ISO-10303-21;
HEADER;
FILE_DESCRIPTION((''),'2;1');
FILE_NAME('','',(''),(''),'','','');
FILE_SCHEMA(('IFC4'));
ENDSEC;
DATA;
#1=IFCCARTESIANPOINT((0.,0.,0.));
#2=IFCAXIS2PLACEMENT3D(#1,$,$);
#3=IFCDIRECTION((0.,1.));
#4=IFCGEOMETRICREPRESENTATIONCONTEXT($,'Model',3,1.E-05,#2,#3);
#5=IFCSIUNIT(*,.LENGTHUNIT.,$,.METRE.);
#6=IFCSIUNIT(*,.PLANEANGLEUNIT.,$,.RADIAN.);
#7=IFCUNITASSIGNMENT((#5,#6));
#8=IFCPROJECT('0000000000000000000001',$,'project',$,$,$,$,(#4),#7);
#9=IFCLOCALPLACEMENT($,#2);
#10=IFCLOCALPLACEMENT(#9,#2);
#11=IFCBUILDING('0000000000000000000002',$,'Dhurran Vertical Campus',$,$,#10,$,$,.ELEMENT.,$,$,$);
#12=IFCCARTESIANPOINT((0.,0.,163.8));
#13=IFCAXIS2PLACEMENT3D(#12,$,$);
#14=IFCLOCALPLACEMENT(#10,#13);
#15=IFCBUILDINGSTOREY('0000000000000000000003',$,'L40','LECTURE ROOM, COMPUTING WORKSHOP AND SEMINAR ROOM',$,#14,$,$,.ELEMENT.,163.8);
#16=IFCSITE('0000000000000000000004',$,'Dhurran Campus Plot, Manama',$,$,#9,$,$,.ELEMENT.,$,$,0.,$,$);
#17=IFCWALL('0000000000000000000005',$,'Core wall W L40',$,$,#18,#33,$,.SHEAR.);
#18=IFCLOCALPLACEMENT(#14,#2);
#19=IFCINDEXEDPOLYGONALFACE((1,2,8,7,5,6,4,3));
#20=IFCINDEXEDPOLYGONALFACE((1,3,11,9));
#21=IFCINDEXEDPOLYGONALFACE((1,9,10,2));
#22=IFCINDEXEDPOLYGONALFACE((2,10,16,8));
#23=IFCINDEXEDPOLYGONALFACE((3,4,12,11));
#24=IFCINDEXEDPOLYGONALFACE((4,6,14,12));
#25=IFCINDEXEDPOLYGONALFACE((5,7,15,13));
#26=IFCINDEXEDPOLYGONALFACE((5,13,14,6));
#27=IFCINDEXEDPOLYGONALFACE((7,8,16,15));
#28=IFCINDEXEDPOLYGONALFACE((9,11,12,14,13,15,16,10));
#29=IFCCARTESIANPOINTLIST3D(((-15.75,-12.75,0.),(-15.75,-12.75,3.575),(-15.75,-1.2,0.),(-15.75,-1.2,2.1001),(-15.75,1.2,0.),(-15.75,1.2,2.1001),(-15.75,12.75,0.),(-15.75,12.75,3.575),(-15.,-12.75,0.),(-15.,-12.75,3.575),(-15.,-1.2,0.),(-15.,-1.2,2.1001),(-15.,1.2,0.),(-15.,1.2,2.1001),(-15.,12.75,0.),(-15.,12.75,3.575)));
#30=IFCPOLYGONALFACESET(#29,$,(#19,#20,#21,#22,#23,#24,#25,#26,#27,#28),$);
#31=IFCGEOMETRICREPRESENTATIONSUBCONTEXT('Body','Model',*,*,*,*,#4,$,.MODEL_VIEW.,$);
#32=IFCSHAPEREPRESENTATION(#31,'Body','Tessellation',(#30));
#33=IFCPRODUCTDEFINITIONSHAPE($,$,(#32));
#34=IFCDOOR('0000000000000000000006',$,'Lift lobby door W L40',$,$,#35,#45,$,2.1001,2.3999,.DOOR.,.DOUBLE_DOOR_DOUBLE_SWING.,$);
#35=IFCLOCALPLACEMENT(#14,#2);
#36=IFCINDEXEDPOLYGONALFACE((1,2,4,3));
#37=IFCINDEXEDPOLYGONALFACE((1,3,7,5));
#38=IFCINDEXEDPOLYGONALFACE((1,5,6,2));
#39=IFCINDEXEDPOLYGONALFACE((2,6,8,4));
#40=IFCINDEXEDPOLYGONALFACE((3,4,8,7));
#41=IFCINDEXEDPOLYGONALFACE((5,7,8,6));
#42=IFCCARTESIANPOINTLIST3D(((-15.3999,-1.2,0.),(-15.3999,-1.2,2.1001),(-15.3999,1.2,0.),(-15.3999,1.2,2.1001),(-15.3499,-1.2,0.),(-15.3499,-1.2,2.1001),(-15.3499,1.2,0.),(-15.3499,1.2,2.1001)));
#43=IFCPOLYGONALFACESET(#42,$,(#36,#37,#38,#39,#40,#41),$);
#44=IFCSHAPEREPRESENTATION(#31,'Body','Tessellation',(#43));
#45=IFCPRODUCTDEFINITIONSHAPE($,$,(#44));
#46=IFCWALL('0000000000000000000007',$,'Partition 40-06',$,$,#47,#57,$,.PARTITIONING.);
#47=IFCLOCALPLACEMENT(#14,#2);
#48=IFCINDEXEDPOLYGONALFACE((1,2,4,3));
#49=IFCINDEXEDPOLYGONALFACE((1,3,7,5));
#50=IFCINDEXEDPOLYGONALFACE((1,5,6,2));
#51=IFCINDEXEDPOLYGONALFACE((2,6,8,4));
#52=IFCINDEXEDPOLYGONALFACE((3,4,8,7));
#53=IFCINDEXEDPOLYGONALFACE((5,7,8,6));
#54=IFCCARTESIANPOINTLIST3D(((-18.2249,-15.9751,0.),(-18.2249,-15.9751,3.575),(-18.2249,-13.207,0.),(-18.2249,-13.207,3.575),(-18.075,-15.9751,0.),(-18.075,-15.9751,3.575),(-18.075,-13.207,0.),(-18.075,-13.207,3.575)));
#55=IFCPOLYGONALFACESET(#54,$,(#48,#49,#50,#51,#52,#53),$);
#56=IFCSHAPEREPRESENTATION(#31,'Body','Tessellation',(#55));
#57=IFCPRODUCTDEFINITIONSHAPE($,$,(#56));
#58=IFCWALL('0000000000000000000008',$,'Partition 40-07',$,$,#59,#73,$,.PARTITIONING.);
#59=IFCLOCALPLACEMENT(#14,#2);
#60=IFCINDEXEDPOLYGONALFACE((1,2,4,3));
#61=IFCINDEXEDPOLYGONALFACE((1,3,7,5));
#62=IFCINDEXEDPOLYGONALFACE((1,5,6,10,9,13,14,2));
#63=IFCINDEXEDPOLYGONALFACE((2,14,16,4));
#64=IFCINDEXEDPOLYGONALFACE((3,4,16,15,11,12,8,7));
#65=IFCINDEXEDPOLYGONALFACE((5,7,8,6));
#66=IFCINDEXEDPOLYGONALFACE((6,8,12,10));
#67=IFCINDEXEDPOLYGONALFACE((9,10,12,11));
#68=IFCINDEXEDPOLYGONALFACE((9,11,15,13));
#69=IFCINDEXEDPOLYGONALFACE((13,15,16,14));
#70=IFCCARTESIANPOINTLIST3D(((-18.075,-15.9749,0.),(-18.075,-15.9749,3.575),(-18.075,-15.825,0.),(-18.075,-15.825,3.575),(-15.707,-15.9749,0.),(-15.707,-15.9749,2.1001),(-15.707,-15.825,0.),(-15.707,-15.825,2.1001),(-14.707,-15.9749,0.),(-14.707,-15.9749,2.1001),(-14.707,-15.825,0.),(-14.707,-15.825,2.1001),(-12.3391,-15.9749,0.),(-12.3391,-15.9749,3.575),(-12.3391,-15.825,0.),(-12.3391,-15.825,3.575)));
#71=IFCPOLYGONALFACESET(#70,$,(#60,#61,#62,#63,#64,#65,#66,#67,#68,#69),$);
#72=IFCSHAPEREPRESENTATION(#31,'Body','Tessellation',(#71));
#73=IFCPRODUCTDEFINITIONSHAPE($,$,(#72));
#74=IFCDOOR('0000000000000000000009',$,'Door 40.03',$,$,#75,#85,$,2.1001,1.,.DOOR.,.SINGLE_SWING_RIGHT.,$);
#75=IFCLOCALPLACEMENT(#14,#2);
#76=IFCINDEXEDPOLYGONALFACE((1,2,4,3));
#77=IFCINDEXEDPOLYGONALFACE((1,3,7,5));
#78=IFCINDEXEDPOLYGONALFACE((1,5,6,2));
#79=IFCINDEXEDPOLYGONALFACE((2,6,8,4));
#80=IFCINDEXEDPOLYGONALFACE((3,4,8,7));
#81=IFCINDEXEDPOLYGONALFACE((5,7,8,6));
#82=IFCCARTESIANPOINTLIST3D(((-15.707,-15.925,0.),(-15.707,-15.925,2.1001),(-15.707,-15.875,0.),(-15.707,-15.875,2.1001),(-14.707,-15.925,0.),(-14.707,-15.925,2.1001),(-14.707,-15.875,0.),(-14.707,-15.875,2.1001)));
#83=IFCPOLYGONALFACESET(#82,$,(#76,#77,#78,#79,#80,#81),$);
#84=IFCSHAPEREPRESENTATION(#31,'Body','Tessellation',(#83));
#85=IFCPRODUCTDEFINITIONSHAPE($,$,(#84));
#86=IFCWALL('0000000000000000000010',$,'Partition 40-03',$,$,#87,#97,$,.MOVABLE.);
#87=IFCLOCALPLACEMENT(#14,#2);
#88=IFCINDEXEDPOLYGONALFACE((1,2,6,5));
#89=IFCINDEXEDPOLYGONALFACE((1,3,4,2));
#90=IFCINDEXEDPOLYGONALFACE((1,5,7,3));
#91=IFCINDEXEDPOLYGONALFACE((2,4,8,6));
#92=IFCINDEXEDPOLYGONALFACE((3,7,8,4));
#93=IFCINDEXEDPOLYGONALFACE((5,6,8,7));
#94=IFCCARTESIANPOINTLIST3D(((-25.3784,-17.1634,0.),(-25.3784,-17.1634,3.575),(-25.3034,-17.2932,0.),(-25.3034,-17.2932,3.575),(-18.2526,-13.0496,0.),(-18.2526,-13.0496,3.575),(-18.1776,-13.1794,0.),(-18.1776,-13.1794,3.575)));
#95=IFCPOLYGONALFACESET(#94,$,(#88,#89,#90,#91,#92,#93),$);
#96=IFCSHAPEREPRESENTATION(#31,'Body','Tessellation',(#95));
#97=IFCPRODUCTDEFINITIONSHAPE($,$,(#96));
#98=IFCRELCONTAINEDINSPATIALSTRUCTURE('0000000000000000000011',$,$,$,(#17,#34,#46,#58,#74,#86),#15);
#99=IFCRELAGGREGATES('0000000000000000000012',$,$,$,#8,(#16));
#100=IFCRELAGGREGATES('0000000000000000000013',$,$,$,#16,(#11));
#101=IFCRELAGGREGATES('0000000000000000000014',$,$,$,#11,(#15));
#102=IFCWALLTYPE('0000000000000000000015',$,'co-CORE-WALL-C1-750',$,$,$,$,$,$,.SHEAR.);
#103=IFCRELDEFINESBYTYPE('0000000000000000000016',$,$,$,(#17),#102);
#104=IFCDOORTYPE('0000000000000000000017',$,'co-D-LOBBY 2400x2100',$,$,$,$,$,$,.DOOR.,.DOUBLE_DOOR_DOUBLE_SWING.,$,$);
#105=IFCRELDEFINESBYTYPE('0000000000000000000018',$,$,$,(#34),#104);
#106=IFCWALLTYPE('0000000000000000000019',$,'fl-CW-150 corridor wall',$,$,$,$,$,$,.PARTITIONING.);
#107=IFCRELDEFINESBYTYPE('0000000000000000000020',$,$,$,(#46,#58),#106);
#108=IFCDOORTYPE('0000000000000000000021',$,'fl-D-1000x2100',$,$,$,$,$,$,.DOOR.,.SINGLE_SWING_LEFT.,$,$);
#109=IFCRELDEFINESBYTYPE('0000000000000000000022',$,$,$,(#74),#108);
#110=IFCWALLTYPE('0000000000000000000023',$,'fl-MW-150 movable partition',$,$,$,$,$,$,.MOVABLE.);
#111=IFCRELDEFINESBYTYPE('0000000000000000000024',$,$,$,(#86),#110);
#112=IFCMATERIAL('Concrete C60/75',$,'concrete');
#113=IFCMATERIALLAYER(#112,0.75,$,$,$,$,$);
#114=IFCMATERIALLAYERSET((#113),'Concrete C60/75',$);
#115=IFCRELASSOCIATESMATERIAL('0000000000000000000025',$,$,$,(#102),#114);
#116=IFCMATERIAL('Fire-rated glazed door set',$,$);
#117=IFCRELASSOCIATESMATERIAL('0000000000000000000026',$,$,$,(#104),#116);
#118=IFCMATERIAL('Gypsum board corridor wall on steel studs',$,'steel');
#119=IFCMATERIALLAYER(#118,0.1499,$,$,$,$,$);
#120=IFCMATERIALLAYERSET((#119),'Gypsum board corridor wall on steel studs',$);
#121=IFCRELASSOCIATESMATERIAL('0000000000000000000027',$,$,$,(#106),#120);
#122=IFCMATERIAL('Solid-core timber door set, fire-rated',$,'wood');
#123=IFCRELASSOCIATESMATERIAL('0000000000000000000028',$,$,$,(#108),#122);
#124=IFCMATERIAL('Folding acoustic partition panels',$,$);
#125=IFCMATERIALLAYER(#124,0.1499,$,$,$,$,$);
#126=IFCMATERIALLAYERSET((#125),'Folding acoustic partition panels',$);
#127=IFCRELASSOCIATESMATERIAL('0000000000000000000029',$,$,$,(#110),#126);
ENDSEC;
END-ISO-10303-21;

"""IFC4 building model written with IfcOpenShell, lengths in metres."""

from ifc_helpers import new_model, si_unit, direction, frame, frame_2d, origin, place, context, subcontext, project, spatial, rectangle, extrude, material, layer, layer_set, type_object, element, fill, save


model = new_model("IFC4")

# Units and contexts
model_context = context("Model", 3, precision=1e-05, world=origin(), true_north=direction((0.0, 1.0)))
body_context = subcontext(model_context, "Body", "Model", "MODEL_VIEW")
ifc_project = project(units=[si_unit("LENGTHUNIT", "METRE"), si_unit("PLANEANGLEUNIT", "RADIAN")], contexts=[model_context])

# Site, building, storey
site_placement = place(None, origin())
site = spatial("IfcSite", under=ifc_project, at=site_placement, Name="Dhurran Campus Plot, Manama", CompositionType="ELEMENT", RefElevation=0.0)
building_placement = place(site_placement, origin())
building = spatial("IfcBuilding", under=site, at=building_placement, Name="Dhurran Vertical Campus", CompositionType="ELEMENT")
storey_placement = place(building_placement, frame((0.0, 0.0, 163.8)))
storey = spatial("IfcBuildingStorey", under=building, at=storey_placement, Name="L40", Description="LECTURE ROOM, COMPUTING WORKSHOP AND SEMINAR ROOM", CompositionType="ELEMENT", Elevation=163.8)

# Shared definitions
ifc_material_1 = material(Name="Concrete C60/75", Category="concrete")
ifc_layer_1 = layer(ifc_material_1, 0.75)
ifc_layer_set_1 = layer_set([ifc_layer_1], Name="Concrete C60/75")
wall_type_1 = type_object("IfcWallType", Name="co-CORE-WALL-C1-750", PredefinedType="SHEAR", material=ifc_layer_set_1)
ifc_material_2 = material(Name="Fire-rated glazed door set")
door_type_1 = type_object("IfcDoorType", Name="co-D-LOBBY 2400x2100", OperationType="DOUBLE_DOOR_DOUBLE_SWING", PredefinedType="DOOR", material=ifc_material_2)

# Wall, opening, door
wall_1_placement = place(storey_placement, frame((-15.375, -12.75, 0.0), z_axis=(0.0, 0.0, 1.0), x_axis=(0.0, 1.0, 0.0)))
wall_1 = element("IfcWall", 1, at=wall_1_placement, inside=storey, type_object=wall_type_1, Name="Core wall W L40", PredefinedType="SHEAR", context=body_context, shape_type="SweptSolid", body=[
    extrude(rectangle(XDim=25.5, YDim=0.75, at=frame_2d((12.75, 0.0))), origin(), (0.0, 0.0, 1.0), 3.575),
])
opening_1_placement = place(wall_1_placement, frame((11.55, 0.0, 0.0)))
opening_1 = element("IfcOpeningElement", 2, at=opening_1_placement, cuts=wall_1, PredefinedType="OPENING", context=body_context, shape_type="SweptSolid", body=[
    extrude(rectangle(XDim=2.3999, YDim=2.1001, at=frame_2d((1.2, 1.05))), frame((0.0, 0.385, 0.0), z_axis=(0.0, -1.0, 0.0), x_axis=(1.0, 0.0, 0.0)), (0.0, 0.0, 1.0), 0.77),
])
door_1_placement = place(opening_1_placement, origin())
door_1 = element("IfcDoor", 3, at=door_1_placement, inside=storey, type_object=door_type_1, Name="Lift lobby door W L40", OperationType="DOUBLE_DOOR_DOUBLE_SWING", OverallHeight=2.1001, OverallWidth=2.3999, PredefinedType="DOOR", context=body_context, shape_type="SweptSolid", body=[
    extrude(rectangle(XDim=2.3999, YDim=2.1001, at=frame_2d((1.2, 1.05))), frame((0.0, 0.0249, 0.0), z_axis=(0.0, -1.0, 0.0), x_axis=(1.0, 0.0, 0.0)), (0.0, 0.0, 1.0), 0.05),
])
fill(opening_1, door_1)

# Wall
ifc_material_3 = material(Name="Gypsum board corridor wall on steel studs", Category="steel")
ifc_layer_2 = layer(ifc_material_3, 0.1499)
ifc_layer_set_2 = layer_set([ifc_layer_2], Name="Gypsum board corridor wall on steel studs")
wall_type_2 = type_object("IfcWallType", Name="fl-CW-150 corridor wall", PredefinedType="PARTITIONING", material=ifc_layer_set_2)
wall_2_placement = place(storey_placement, frame((-18.1499, -13.207, 0.0), z_axis=(0.0, 0.0, 1.0), x_axis=(0.0, -1.0, 0.0)))
element("IfcWall", 4, at=wall_2_placement, inside=storey, type_object=wall_type_2, Name="Partition 40-06", PredefinedType="PARTITIONING", context=body_context, shape_type="SweptSolid", body=[
    extrude(rectangle(XDim=2.7681, YDim=0.1499, at=frame_2d((1.384, 0.0))), origin(), (0.0, 0.0, 1.0), 3.575),
])

# Wall, opening, door
wall_3_placement = place(storey_placement, frame((-18.075, -15.8999, 0.0), z_axis=(0.0, 0.0, 1.0), x_axis=(1.0, 0.0, 0.0)))
wall_3 = element("IfcWall", 5, at=wall_3_placement, inside=storey, type_object=wall_type_2, Name="Partition 40-07", PredefinedType="PARTITIONING", context=body_context, shape_type="SweptSolid", body=[
    extrude(rectangle(XDim=5.7358, YDim=0.1499, at=frame_2d((2.8679, 0.0))), origin(), (0.0, 0.0, 1.0), 3.575),
])
opening_2_placement = place(wall_3_placement, frame((2.3679, 0.0, 0.0)))
opening_2 = element("IfcOpeningElement", 6, at=opening_2_placement, cuts=wall_3, PredefinedType="OPENING", context=body_context, shape_type="SweptSolid", body=[
    extrude(rectangle(XDim=1.0, YDim=2.1001, at=frame_2d((0.5, 1.05))), frame((0.0, 0.085, 0.0), z_axis=(0.0, -1.0, 0.0), x_axis=(1.0, 0.0, 0.0)), (0.0, 0.0, 1.0), 0.1699),
])
ifc_material_4 = material(Name="Solid-core timber door set, fire-rated", Category="wood")
door_type_2 = type_object("IfcDoorType", Name="fl-D-1000x2100", OperationType="SINGLE_SWING_LEFT", PredefinedType="DOOR", material=ifc_material_4)
door_2_placement = place(opening_2_placement, origin())
door_2 = element("IfcDoor", 7, at=door_2_placement, inside=storey, type_object=door_type_2, Name="Door 40.03", OperationType="SINGLE_SWING_RIGHT", OverallHeight=2.1001, OverallWidth=1.0, PredefinedType="DOOR", context=body_context, shape_type="SweptSolid", body=[
    extrude(rectangle(XDim=1.0, YDim=2.1001, at=frame_2d((0.5, 1.05))), frame((0.0, 0.0249, 0.0), z_axis=(0.0, -1.0, 0.0), x_axis=(1.0, 0.0, 0.0)), (0.0, 0.0, 1.0), 0.05),
])
fill(opening_2, door_2)

# Wall
ifc_material_5 = material(Name="Folding acoustic partition panels")
ifc_layer_3 = layer(ifc_material_5, 0.1499)
ifc_layer_set_3 = layer_set([ifc_layer_3], Name="Folding acoustic partition panels")
wall_type_3 = type_object("IfcWallType", Name="fl-MW-150 movable partition", PredefinedType="MOVABLE", material=ifc_layer_set_3)
wall_4_placement = place(storey_placement, frame((-18.2151, -13.1145, 0.0), z_axis=(0.0, 0.0, 1.0), x_axis=(-0.86604, -0.499975, 0.0)))
element("IfcWall", 8, at=wall_4_placement, inside=storey, type_object=wall_type_3, Name="Partition 40-03", PredefinedType="MOVABLE", context=body_context, shape_type="SweptSolid", body=[
    extrude(rectangle(XDim=8.228, YDim=0.1499, at=frame_2d((4.114, 0.0))), origin(), (0.0, 0.0, 1.0), 3.575),
])

save(model, "model.ifc")
